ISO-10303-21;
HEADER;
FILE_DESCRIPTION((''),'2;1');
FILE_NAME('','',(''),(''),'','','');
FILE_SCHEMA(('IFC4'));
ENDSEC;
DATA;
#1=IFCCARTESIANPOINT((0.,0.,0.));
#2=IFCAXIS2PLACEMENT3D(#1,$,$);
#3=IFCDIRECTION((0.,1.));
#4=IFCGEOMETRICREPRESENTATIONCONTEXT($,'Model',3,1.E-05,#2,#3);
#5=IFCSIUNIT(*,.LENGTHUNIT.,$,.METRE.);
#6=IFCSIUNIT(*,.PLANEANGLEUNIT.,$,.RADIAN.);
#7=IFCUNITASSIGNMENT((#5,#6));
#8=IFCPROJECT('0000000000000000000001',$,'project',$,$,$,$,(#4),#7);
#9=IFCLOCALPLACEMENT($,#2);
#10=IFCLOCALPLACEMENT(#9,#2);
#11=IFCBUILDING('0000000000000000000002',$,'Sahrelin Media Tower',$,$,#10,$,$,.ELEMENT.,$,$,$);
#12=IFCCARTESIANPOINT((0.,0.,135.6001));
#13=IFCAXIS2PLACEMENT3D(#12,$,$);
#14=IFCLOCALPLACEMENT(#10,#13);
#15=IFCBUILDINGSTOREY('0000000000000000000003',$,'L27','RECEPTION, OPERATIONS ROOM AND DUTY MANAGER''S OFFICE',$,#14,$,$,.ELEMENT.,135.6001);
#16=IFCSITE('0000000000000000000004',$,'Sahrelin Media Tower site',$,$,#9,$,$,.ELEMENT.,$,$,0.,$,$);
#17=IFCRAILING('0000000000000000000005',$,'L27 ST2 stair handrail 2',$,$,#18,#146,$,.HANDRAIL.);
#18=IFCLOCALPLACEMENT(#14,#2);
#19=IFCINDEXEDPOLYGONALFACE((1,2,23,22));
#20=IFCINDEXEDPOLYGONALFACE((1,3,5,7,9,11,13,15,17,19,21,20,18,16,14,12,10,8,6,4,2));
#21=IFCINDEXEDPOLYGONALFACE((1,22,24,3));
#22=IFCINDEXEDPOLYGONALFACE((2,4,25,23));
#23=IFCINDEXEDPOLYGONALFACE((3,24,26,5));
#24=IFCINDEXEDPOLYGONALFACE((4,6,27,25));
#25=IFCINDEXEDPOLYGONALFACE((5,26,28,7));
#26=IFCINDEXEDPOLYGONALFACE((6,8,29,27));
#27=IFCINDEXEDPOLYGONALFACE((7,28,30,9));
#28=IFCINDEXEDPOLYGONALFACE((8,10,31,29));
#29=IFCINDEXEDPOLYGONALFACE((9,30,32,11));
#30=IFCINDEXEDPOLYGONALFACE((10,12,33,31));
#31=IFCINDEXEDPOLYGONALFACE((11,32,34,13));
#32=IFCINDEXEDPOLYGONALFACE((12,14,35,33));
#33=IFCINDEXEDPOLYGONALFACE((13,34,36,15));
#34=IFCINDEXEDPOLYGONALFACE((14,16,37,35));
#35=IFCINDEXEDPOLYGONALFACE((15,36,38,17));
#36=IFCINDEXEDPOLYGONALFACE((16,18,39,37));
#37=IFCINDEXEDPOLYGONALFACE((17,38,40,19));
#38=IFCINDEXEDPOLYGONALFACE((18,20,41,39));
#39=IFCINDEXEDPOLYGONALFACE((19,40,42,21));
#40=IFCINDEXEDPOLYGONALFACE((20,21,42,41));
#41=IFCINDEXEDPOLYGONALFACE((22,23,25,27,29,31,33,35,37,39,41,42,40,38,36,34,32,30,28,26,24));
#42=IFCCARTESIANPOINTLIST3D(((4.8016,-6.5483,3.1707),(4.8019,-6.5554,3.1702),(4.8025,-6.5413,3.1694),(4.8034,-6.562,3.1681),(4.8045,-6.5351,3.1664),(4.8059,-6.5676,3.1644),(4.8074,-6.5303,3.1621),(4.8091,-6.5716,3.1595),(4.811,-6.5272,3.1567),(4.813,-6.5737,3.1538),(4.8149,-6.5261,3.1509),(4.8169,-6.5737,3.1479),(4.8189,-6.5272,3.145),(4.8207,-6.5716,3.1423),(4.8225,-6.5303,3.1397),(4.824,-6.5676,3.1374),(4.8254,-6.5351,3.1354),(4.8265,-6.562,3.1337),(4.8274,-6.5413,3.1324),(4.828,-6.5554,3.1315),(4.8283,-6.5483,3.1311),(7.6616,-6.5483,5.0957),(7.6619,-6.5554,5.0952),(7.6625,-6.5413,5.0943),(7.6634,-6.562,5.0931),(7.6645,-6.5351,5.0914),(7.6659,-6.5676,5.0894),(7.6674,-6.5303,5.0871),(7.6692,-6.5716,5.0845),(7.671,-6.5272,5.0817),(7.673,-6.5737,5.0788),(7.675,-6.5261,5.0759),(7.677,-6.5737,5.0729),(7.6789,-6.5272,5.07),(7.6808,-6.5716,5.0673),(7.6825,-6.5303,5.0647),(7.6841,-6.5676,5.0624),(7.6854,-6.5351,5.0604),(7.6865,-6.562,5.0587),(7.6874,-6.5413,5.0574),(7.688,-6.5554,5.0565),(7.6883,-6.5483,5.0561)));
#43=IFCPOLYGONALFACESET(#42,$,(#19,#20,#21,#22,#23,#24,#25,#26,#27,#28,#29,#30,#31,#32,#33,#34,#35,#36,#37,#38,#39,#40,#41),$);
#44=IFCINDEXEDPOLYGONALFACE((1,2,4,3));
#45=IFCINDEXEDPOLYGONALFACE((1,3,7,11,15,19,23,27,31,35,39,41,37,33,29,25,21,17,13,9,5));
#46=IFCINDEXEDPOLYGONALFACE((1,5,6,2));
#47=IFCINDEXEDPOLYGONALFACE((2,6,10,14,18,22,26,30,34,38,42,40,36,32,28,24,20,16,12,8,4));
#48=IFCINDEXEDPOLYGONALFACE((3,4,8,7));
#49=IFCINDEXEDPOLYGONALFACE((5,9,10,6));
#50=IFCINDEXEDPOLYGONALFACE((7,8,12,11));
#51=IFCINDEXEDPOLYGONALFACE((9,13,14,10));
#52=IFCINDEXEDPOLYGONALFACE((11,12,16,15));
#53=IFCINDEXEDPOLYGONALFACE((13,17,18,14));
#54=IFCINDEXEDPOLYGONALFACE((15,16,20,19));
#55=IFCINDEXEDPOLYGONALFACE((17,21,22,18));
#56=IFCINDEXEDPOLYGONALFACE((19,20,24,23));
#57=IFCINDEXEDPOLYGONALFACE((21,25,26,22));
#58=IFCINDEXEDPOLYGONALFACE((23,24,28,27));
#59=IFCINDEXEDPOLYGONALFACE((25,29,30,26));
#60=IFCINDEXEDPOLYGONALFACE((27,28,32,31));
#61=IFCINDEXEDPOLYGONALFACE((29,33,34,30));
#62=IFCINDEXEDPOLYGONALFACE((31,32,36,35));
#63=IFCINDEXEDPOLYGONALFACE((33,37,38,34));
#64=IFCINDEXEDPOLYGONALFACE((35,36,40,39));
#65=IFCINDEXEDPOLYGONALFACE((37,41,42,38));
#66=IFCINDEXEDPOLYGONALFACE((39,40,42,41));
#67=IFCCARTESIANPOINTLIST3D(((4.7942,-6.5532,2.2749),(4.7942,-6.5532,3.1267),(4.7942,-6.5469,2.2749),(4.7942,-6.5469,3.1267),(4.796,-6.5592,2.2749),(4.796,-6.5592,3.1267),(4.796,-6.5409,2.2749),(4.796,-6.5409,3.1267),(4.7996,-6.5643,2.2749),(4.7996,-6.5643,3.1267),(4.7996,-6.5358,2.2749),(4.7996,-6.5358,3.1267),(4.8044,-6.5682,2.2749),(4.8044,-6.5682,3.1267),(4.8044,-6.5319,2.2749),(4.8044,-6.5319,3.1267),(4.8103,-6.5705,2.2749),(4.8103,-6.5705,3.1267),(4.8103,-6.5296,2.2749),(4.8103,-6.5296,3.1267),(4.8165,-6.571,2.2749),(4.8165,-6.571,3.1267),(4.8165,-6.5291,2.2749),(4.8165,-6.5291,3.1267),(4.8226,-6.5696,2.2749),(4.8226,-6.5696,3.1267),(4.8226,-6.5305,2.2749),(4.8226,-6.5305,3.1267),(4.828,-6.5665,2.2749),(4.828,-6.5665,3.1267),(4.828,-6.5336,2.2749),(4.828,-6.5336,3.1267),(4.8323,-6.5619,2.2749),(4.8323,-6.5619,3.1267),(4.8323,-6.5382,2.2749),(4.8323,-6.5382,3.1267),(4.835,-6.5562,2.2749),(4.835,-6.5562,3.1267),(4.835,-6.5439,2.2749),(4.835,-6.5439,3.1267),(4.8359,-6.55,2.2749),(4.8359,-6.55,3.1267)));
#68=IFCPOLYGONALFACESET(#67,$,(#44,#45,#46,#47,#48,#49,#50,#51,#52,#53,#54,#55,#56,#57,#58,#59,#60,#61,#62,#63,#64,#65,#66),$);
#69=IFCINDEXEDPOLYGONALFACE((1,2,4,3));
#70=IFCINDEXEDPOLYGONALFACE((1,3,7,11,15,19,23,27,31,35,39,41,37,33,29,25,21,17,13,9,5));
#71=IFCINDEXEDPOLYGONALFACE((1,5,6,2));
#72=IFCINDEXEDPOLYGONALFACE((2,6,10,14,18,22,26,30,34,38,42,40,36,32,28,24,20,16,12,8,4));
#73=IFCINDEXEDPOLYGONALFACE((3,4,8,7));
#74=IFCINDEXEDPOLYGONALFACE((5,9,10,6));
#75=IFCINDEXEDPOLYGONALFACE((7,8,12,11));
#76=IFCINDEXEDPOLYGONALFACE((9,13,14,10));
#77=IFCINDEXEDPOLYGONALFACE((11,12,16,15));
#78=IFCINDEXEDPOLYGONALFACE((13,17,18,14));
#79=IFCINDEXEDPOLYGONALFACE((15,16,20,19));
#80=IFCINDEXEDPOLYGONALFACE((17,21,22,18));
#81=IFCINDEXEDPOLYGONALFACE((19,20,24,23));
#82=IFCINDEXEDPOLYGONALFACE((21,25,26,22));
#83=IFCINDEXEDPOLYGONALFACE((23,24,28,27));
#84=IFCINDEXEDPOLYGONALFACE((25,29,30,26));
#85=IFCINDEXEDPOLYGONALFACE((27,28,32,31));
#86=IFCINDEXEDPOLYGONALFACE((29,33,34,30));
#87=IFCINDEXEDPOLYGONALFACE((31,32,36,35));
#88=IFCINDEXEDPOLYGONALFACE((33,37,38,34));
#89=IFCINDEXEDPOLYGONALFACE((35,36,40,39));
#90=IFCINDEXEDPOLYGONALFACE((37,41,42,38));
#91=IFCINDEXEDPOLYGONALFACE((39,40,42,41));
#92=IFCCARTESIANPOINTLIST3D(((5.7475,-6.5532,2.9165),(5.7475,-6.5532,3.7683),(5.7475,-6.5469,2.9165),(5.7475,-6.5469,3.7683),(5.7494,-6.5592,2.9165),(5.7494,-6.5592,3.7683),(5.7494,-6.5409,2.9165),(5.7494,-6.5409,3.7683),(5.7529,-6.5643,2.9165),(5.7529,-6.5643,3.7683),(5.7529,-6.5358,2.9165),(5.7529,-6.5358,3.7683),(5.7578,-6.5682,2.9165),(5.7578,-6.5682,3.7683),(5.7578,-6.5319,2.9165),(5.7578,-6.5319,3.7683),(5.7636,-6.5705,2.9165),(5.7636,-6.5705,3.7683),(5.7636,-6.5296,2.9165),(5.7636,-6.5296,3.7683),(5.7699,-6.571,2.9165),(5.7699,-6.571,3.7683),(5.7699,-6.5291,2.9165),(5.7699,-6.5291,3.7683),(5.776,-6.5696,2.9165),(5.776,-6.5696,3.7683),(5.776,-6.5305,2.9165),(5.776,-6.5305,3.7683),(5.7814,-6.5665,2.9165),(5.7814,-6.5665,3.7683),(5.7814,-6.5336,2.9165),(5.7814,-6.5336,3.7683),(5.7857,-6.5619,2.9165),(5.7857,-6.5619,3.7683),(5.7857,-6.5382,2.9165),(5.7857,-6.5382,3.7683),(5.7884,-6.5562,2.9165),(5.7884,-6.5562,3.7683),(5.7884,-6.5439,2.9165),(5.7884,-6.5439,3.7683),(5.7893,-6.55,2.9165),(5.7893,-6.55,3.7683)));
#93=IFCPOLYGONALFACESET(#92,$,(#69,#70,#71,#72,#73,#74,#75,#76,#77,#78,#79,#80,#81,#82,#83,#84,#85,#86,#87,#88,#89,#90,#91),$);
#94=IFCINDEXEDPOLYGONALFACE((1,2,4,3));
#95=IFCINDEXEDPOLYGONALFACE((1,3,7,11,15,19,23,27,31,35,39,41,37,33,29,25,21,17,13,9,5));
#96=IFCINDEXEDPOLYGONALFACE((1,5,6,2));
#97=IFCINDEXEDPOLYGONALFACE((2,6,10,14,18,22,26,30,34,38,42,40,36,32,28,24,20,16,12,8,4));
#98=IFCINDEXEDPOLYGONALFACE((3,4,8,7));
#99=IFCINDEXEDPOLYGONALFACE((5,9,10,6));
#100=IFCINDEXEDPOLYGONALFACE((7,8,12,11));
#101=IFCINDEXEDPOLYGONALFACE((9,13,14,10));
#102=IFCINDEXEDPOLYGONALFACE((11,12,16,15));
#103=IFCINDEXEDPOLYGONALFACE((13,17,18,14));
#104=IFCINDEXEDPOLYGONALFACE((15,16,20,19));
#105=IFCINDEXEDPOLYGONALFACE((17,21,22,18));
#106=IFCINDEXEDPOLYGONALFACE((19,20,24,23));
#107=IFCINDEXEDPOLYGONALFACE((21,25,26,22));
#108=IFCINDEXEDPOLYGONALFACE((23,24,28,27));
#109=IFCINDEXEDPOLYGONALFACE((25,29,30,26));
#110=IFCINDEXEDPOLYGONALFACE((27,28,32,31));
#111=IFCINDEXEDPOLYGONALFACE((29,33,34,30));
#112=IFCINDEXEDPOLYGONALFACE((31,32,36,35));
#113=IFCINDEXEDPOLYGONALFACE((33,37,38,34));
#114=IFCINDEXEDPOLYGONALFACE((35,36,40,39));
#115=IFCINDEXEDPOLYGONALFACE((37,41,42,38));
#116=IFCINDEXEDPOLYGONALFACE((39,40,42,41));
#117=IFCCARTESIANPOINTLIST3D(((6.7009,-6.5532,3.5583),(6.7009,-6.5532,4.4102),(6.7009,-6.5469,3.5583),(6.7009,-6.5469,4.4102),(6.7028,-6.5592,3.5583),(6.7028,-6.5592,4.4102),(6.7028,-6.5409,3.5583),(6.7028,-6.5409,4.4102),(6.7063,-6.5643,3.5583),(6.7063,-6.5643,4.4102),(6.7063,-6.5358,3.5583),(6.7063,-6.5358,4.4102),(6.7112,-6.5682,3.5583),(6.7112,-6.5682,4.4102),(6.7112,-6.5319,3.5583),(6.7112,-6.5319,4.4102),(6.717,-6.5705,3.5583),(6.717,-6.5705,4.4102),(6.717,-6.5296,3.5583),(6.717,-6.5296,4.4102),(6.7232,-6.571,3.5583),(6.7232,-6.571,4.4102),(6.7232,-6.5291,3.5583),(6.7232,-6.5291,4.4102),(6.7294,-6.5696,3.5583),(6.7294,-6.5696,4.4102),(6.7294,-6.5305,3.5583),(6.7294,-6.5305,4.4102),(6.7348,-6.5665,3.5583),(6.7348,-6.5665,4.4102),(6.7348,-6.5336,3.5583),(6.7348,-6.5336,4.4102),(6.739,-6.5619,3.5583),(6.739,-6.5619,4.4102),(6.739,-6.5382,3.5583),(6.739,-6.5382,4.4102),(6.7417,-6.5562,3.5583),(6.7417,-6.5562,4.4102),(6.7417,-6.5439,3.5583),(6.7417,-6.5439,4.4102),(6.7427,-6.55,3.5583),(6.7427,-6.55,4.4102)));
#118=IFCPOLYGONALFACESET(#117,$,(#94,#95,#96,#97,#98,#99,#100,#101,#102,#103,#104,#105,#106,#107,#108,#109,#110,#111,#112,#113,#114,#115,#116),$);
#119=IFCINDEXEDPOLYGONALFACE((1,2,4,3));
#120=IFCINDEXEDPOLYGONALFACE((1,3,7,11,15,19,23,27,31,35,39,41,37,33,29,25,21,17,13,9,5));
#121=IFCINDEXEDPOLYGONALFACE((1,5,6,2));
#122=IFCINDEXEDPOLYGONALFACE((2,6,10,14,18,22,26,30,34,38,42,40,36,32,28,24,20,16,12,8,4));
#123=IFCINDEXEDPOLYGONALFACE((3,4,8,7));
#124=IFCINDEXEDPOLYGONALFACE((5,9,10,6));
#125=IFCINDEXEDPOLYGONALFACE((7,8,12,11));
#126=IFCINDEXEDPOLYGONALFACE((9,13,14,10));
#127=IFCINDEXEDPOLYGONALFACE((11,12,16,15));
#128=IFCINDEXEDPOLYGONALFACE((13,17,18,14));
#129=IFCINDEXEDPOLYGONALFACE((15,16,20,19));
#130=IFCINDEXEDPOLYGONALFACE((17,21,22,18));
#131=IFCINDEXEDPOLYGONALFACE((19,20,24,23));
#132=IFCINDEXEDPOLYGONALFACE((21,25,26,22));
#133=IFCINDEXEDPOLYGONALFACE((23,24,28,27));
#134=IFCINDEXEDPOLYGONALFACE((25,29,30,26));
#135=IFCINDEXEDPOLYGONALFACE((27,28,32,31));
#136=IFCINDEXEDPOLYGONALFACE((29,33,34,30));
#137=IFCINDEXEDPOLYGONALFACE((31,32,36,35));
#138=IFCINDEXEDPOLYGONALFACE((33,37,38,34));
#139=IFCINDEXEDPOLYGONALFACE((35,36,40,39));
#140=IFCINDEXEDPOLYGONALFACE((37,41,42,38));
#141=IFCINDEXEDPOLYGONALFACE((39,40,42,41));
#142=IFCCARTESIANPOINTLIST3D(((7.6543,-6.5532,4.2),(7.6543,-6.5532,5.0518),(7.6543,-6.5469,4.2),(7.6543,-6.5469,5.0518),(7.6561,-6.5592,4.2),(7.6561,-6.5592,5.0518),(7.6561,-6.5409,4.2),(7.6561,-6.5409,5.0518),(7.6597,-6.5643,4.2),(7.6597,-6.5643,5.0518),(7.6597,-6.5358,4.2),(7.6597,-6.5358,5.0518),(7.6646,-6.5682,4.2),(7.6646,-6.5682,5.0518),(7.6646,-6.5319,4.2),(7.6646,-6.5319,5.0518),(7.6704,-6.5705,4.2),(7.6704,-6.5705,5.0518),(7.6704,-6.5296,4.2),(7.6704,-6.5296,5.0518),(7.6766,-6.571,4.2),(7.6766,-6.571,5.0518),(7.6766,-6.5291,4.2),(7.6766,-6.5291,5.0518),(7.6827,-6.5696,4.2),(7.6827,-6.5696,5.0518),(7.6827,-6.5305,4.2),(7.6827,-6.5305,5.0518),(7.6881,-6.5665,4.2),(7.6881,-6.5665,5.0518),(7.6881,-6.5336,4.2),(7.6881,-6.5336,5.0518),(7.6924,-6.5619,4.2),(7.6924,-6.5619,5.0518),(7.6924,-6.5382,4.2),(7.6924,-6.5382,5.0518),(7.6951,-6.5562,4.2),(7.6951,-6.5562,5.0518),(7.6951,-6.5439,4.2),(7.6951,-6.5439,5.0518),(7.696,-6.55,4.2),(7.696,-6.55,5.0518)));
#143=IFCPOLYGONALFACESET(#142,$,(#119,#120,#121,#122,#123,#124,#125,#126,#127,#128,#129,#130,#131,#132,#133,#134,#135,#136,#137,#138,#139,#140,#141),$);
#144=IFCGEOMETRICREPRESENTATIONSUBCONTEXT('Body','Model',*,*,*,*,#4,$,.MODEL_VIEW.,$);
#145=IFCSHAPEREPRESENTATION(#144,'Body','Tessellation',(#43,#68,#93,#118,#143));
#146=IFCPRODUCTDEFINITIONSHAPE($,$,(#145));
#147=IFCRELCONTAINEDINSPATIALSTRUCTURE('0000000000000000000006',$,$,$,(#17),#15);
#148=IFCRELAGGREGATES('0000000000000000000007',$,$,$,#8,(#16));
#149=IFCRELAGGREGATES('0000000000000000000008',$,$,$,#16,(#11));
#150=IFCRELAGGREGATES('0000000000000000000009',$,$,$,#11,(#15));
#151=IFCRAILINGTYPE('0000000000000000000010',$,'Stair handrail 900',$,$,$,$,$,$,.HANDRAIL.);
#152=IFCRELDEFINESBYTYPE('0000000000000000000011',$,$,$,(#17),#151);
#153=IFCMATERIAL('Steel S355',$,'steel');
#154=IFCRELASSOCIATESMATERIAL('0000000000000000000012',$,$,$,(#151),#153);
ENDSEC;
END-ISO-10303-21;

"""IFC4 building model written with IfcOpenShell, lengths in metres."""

from ifc_helpers import new_model, si_unit, direction, frame, origin, origin_2d, place, context, subcontext, project, spatial, circle, extrude, material, type_object, element, save


model = new_model("IFC4")

# Units and contexts
model_context = context("Model", 3, precision=1e-05, world=origin(), true_north=direction((0.0, 1.0)))
body_context = subcontext(model_context, "Body", "Model", "MODEL_VIEW")
ifc_project = project(units=[si_unit("LENGTHUNIT", "METRE"), si_unit("PLANEANGLEUNIT", "RADIAN")], contexts=[model_context])

# Site, building, storey
site_placement = place(None, origin())
site = spatial("IfcSite", under=ifc_project, at=site_placement, Name="Sahrelin Media Tower site", CompositionType="ELEMENT", RefElevation=0.0)
building_placement = place(site_placement, origin())
building = spatial("IfcBuilding", under=site, at=building_placement, Name="Sahrelin Media Tower", CompositionType="ELEMENT")
storey_placement = place(building_placement, frame((0.0, 0.0, 135.6001)))
storey = spatial("IfcBuildingStorey", under=building, at=storey_placement, Name="L27", Description="RECEPTION, OPERATIONS ROOM AND DUTY MANAGER'S OFFICE", CompositionType="ELEMENT", Elevation=135.6001)

# Shared definitions
ifc_material_1 = material(Name="Steel S355", Category="steel")

# Railing
railing_type_1 = type_object("IfcRailingType", Name="Stair handrail 900", PredefinedType="HANDRAIL", material=ifc_material_1)
railing_1_placement = place(storey_placement, frame((4.8149, -6.55, 2.2749)))
element("IfcRailing", 1, at=railing_1_placement, inside=storey, type_object=railing_type_1, Name="L27 ST2 stair handrail 2", PredefinedType="HANDRAIL", context=body_context, shape_type="SweptSolid", body=[
    extrude(circle(Radius=0.0239, at=origin_2d()), frame((0.0, 0.0, 0.876), z_axis=(0.829591, 0.0, 0.558372), x_axis=(0.0, 1.0, 0.0)), (0.0, 0.0, 1.0), 3.4475),
    extrude(circle(Radius=0.021, at=origin_2d()), origin(), (0.0, 0.0, 1.0), 0.8518),
    extrude(circle(Radius=0.021, at=origin_2d()), frame((0.9534, 0.0, 0.6416)), (0.0, 0.0, 1.0), 0.8518),
    extrude(circle(Radius=0.021, at=origin_2d()), frame((1.9067, 0.0, 1.2834)), (0.0, 0.0, 1.0), 0.8518),
    extrude(circle(Radius=0.021, at=origin_2d()), frame((2.8601, 0.0, 1.925)), (0.0, 0.0, 1.0), 0.8518),
])

save(model, "model.ifc")
